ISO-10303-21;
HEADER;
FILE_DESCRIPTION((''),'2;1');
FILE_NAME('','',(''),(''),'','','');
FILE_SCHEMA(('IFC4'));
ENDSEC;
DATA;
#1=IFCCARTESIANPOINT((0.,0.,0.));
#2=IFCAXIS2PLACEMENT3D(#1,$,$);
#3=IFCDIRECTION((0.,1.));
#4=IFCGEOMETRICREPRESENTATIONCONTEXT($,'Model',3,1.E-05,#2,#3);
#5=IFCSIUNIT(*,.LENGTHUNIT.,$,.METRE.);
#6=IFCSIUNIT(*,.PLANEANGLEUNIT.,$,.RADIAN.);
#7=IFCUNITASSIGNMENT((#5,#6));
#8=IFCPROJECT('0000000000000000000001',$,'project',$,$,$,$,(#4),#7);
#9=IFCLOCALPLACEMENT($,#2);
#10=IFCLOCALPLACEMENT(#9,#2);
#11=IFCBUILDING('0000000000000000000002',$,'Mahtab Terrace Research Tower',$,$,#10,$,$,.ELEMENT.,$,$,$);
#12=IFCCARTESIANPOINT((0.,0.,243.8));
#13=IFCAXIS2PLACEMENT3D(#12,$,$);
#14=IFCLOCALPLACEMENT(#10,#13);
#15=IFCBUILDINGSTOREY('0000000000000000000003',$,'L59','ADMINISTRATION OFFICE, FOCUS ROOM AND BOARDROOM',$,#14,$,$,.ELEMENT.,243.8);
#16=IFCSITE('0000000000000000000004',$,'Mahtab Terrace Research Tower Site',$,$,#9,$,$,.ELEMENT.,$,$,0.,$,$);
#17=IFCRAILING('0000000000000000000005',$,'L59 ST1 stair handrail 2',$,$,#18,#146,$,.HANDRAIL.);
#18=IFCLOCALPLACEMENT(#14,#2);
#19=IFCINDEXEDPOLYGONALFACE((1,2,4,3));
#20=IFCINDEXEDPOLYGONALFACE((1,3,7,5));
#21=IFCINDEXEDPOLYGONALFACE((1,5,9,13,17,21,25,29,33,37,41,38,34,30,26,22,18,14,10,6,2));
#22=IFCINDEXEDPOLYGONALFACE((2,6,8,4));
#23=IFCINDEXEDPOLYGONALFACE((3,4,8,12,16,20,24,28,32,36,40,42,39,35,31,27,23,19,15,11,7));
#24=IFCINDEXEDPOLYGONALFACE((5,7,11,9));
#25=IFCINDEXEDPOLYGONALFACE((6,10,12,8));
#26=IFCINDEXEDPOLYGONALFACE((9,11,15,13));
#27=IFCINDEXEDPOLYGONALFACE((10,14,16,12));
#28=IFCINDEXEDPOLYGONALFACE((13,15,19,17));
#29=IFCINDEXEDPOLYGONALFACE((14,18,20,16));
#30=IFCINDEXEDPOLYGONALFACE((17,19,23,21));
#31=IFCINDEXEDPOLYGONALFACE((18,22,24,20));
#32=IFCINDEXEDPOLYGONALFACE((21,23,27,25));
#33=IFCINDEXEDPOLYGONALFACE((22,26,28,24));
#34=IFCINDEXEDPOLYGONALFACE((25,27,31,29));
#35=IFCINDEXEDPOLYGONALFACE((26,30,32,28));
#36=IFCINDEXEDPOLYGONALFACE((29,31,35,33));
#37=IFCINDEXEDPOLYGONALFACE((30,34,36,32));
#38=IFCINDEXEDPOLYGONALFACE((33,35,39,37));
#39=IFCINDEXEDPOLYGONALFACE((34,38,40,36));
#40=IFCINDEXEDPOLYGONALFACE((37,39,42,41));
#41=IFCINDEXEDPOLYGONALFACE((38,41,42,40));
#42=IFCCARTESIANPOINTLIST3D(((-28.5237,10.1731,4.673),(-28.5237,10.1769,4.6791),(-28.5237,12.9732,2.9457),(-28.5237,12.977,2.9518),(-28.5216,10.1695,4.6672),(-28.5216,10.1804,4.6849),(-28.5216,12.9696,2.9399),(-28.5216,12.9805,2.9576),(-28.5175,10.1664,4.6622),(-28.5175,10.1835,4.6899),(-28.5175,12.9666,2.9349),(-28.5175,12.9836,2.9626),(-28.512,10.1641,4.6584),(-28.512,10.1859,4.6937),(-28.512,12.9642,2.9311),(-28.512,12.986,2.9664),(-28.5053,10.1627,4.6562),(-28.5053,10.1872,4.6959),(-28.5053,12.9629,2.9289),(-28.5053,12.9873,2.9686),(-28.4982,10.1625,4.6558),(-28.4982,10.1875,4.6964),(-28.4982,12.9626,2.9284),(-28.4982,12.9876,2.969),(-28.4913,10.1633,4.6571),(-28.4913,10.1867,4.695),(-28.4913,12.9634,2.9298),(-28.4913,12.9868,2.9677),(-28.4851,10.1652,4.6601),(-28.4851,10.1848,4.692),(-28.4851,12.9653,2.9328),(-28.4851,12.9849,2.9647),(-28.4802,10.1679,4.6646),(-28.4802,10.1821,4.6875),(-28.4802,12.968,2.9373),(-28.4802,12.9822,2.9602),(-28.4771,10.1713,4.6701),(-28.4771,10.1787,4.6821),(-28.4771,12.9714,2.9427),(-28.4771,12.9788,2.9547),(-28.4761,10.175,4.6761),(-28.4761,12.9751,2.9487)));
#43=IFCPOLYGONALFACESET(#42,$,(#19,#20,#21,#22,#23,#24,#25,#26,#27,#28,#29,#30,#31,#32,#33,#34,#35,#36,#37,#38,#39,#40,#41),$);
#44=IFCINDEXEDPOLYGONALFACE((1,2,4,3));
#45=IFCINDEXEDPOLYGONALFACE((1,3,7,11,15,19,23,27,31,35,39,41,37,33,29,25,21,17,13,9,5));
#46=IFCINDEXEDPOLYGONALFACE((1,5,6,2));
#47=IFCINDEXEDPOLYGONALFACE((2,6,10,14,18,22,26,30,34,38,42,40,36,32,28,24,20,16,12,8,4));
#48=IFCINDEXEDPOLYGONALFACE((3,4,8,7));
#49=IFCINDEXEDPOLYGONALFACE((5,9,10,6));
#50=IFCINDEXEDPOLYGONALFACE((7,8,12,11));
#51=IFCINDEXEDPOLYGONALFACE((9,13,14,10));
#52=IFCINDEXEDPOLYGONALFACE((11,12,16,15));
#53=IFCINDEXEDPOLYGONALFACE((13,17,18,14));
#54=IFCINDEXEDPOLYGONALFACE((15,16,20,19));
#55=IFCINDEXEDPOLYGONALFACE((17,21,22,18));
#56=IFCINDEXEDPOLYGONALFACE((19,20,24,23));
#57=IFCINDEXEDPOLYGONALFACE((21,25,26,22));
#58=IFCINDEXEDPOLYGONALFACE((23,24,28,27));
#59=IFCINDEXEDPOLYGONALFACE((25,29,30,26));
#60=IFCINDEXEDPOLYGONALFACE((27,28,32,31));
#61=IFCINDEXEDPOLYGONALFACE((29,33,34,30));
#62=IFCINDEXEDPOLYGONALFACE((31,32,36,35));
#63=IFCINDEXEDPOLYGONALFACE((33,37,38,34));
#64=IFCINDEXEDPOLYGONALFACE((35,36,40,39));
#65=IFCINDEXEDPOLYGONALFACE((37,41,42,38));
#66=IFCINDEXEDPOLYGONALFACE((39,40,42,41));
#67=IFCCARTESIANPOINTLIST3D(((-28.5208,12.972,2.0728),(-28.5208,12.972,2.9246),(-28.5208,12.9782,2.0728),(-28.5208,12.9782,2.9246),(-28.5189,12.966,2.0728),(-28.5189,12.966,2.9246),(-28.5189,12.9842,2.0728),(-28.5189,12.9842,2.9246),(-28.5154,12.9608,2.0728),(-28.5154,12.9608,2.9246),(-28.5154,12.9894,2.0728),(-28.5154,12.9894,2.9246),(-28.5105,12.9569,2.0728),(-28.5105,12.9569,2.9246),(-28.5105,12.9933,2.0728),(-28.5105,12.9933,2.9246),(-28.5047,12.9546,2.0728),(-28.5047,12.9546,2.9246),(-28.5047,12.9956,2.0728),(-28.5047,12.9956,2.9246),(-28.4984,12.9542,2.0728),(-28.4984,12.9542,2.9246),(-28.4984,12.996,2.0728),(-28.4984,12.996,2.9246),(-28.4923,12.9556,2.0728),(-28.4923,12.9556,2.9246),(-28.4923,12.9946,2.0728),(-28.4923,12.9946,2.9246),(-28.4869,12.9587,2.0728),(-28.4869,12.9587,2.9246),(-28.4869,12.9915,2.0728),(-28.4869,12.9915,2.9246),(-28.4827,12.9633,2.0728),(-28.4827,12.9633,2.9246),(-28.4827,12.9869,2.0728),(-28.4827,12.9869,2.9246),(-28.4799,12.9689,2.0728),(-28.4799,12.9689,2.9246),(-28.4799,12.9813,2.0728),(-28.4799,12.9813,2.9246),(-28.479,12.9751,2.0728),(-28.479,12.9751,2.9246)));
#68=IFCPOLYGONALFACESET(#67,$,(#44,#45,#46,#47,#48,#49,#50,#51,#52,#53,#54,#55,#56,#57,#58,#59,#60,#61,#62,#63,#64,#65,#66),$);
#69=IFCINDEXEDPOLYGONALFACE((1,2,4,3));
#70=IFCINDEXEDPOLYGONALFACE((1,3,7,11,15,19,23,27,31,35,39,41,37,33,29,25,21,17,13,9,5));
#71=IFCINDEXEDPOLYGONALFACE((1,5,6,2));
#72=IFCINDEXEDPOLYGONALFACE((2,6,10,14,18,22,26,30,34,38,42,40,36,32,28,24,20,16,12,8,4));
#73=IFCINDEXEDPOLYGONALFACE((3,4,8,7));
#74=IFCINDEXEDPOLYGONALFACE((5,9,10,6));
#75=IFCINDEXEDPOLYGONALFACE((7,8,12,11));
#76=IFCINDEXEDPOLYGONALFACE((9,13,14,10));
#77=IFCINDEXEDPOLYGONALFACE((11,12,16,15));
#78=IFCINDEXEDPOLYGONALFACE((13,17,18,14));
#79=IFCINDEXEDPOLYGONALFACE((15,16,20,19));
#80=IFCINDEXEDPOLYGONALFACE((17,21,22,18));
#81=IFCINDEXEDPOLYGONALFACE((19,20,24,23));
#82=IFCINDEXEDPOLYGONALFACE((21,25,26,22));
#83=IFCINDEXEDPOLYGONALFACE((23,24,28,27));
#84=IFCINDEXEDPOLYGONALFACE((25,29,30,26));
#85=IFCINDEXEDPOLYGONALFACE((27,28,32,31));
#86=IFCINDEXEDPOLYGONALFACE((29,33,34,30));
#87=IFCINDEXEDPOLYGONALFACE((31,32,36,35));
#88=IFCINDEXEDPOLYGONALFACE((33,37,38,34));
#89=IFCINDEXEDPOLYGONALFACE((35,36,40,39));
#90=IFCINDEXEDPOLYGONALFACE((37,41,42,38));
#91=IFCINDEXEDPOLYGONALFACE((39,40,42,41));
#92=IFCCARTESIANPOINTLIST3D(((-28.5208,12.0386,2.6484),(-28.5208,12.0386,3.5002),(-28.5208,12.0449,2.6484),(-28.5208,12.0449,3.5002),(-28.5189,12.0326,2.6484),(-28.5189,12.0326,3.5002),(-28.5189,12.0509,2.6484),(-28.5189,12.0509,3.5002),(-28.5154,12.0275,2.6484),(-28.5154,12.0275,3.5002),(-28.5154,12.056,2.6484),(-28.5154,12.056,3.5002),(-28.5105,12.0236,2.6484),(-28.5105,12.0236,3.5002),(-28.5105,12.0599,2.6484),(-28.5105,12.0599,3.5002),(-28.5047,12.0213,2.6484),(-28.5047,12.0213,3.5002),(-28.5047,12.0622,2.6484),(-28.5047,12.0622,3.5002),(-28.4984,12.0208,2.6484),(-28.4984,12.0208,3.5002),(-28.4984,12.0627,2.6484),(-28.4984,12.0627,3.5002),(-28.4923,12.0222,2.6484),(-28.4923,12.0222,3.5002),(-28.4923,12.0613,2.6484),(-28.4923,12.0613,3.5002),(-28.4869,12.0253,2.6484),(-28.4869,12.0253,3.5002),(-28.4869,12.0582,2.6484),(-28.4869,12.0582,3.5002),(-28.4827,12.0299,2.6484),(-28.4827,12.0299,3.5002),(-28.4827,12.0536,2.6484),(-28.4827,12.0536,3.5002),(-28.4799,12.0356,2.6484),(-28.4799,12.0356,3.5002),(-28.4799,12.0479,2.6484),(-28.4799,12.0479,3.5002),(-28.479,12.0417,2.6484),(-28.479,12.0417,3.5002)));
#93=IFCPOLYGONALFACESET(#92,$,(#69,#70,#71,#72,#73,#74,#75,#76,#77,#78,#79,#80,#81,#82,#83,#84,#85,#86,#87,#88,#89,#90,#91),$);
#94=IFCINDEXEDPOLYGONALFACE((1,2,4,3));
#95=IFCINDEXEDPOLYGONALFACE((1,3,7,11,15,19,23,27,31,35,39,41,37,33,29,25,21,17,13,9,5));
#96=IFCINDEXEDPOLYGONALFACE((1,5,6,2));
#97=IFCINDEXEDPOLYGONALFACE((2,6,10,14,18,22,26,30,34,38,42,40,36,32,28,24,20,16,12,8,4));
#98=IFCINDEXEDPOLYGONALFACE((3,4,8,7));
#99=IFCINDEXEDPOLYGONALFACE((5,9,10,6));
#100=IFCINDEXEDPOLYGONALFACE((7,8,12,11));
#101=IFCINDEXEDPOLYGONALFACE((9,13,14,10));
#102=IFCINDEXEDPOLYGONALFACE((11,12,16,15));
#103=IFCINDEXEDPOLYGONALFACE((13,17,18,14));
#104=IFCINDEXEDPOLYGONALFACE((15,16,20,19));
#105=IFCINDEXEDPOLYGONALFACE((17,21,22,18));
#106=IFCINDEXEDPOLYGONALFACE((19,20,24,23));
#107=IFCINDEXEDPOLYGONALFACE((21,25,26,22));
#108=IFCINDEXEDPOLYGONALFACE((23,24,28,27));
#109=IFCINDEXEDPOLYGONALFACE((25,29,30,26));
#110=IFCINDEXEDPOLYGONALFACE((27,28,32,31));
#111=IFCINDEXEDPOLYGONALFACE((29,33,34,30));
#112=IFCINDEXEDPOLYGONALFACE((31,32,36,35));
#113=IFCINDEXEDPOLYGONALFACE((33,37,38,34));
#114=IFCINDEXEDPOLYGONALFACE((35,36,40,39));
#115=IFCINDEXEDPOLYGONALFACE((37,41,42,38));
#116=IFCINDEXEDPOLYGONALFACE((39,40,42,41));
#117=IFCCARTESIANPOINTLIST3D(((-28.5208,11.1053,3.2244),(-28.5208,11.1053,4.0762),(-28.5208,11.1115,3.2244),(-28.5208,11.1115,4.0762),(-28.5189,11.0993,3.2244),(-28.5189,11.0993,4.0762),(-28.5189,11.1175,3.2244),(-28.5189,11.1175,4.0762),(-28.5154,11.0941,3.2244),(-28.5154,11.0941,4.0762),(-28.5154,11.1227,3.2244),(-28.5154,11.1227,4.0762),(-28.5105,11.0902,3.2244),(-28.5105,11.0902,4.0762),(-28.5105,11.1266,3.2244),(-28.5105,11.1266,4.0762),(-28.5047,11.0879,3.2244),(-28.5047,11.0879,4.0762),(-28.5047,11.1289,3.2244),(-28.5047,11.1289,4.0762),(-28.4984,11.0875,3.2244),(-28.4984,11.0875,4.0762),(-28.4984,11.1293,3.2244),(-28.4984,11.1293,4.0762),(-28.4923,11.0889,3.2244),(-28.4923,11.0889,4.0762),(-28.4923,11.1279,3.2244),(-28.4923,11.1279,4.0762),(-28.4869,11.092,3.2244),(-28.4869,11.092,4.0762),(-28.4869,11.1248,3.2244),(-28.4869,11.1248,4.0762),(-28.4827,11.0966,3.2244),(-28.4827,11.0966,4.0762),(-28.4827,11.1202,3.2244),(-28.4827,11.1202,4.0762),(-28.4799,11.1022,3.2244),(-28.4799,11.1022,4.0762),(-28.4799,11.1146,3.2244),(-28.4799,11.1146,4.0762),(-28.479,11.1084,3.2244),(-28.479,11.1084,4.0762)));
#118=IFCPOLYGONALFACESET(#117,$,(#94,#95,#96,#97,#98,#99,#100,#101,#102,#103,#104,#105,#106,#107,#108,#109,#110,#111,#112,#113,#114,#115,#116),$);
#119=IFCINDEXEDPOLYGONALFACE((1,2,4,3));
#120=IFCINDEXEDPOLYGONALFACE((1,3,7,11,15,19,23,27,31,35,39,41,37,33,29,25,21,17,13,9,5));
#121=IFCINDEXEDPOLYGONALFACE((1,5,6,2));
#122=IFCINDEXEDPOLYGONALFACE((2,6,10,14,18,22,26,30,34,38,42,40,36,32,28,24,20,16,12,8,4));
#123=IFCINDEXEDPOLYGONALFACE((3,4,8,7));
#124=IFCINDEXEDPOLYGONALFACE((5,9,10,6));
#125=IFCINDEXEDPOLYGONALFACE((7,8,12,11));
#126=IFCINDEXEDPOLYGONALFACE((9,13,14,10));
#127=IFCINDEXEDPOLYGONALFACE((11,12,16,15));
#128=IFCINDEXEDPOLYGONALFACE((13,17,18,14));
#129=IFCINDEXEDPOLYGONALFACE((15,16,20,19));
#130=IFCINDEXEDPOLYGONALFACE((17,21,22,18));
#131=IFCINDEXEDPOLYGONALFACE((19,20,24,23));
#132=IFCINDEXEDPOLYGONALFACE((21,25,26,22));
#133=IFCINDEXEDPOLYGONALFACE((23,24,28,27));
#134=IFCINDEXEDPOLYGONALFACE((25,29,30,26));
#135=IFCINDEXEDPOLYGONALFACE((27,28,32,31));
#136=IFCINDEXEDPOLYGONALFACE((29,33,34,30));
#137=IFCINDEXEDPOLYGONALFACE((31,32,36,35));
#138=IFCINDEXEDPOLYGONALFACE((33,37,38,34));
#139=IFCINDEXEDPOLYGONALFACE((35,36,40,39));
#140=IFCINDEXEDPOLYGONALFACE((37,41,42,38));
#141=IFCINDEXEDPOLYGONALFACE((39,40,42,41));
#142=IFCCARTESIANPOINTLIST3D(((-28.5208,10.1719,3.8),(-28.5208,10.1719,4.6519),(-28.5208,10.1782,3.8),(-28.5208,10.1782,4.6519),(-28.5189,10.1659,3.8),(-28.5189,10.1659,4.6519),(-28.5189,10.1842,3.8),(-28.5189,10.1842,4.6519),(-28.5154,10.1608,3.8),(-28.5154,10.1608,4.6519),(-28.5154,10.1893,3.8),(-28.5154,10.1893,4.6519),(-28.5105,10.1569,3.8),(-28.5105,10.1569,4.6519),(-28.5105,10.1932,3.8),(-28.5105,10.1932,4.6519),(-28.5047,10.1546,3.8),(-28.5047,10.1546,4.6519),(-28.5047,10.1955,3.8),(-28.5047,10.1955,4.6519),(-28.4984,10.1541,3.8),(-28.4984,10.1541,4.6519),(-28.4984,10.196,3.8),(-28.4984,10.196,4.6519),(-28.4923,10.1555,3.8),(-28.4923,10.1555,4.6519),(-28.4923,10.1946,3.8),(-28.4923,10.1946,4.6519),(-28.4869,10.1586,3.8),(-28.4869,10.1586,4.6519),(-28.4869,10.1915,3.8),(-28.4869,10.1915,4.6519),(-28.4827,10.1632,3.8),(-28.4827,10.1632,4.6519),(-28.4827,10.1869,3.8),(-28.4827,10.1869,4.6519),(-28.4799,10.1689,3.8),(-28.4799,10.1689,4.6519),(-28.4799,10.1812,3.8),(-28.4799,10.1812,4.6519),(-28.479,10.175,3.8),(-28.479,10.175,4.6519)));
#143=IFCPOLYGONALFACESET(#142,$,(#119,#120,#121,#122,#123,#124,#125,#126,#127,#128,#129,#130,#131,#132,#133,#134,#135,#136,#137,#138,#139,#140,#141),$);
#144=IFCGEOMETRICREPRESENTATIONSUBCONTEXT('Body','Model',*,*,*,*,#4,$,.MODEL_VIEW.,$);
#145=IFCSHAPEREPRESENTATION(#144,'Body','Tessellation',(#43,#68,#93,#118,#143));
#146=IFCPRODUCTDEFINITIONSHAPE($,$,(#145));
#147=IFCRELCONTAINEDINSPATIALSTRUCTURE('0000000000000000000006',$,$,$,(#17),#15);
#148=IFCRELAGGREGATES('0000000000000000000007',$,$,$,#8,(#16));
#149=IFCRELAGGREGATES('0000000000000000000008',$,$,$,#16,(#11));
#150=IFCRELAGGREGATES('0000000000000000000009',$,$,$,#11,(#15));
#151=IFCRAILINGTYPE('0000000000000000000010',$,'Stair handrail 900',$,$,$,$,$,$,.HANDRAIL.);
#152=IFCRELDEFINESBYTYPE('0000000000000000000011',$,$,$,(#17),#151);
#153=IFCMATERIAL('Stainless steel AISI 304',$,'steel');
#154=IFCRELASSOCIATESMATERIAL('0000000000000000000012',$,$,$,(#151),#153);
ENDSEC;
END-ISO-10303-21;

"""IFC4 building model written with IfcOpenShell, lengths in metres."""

from ifc_helpers import new_model, si_unit, direction, frame, origin, origin_2d, place, context, subcontext, project, spatial, circle, extrude, material, type_object, element, save


model = new_model("IFC4")

# Units and contexts
model_context = context("Model", 3, precision=1e-05, world=origin(), true_north=direction((0.0, 1.0)))
body_context = subcontext(model_context, "Body", "Model", "MODEL_VIEW")
ifc_project = project(units=[si_unit("LENGTHUNIT", "METRE"), si_unit("PLANEANGLEUNIT", "RADIAN")], contexts=[model_context])

# Site, building, storey
site_placement = place(None, origin())
site = spatial("IfcSite", under=ifc_project, at=site_placement, Name="Mahtab Terrace Research Tower Site", CompositionType="ELEMENT", RefElevation=0.0)
building_placement = place(site_placement, origin())
building = spatial("IfcBuilding", under=site, at=building_placement, Name="Mahtab Terrace Research Tower", CompositionType="ELEMENT")
storey_placement = place(building_placement, frame((0.0, 0.0, 243.8)))
storey = spatial("IfcBuildingStorey", under=building, at=storey_placement, Name="L59", Description="ADMINISTRATION OFFICE, FOCUS ROOM AND BOARDROOM", CompositionType="ELEMENT", Elevation=243.8)

# Railing
ifc_material_1 = material(Name="Stainless steel AISI 304", Category="steel")
railing_type_1 = type_object("IfcRailingType", Name="Stair handrail 900", PredefinedType="HANDRAIL", material=ifc_material_1)
railing_1_placement = place(storey_placement, frame((-28.5, 12.9751, 2.0728)))
element("IfcRailing", 1, at=railing_1_placement, inside=storey, type_object=railing_type_1, Name="L59 ST1 stair handrail 2", PredefinedType="HANDRAIL", context=body_context, shape_type="SweptSolid", body=[
    extrude(circle(Radius=0.0239, at=origin_2d()), frame((0.0, 0.0, 0.876), z_axis=(0.0, -0.85109, 0.52502), x_axis=(1.0, 0.0, 0.0)), (0.0, 0.0, 1.0), 3.29),
    extrude(circle(Radius=0.021, at=origin_2d()), origin(), (0.0, 0.0, 1.0), 0.8518),
    extrude(circle(Radius=0.021, at=origin_2d()), frame((0.0, -0.9333, 0.5757)), (0.0, 0.0, 1.0), 0.8518),
    extrude(circle(Radius=0.021, at=origin_2d()), frame((0.0, -1.8667, 1.1516)), (0.0, 0.0, 1.0), 0.8518),
    extrude(circle(Radius=0.021, at=origin_2d()), frame((0.0, -2.8, 1.7273)), (0.0, 0.0, 1.0), 0.8518),
])

save(model, "model.ifc")
